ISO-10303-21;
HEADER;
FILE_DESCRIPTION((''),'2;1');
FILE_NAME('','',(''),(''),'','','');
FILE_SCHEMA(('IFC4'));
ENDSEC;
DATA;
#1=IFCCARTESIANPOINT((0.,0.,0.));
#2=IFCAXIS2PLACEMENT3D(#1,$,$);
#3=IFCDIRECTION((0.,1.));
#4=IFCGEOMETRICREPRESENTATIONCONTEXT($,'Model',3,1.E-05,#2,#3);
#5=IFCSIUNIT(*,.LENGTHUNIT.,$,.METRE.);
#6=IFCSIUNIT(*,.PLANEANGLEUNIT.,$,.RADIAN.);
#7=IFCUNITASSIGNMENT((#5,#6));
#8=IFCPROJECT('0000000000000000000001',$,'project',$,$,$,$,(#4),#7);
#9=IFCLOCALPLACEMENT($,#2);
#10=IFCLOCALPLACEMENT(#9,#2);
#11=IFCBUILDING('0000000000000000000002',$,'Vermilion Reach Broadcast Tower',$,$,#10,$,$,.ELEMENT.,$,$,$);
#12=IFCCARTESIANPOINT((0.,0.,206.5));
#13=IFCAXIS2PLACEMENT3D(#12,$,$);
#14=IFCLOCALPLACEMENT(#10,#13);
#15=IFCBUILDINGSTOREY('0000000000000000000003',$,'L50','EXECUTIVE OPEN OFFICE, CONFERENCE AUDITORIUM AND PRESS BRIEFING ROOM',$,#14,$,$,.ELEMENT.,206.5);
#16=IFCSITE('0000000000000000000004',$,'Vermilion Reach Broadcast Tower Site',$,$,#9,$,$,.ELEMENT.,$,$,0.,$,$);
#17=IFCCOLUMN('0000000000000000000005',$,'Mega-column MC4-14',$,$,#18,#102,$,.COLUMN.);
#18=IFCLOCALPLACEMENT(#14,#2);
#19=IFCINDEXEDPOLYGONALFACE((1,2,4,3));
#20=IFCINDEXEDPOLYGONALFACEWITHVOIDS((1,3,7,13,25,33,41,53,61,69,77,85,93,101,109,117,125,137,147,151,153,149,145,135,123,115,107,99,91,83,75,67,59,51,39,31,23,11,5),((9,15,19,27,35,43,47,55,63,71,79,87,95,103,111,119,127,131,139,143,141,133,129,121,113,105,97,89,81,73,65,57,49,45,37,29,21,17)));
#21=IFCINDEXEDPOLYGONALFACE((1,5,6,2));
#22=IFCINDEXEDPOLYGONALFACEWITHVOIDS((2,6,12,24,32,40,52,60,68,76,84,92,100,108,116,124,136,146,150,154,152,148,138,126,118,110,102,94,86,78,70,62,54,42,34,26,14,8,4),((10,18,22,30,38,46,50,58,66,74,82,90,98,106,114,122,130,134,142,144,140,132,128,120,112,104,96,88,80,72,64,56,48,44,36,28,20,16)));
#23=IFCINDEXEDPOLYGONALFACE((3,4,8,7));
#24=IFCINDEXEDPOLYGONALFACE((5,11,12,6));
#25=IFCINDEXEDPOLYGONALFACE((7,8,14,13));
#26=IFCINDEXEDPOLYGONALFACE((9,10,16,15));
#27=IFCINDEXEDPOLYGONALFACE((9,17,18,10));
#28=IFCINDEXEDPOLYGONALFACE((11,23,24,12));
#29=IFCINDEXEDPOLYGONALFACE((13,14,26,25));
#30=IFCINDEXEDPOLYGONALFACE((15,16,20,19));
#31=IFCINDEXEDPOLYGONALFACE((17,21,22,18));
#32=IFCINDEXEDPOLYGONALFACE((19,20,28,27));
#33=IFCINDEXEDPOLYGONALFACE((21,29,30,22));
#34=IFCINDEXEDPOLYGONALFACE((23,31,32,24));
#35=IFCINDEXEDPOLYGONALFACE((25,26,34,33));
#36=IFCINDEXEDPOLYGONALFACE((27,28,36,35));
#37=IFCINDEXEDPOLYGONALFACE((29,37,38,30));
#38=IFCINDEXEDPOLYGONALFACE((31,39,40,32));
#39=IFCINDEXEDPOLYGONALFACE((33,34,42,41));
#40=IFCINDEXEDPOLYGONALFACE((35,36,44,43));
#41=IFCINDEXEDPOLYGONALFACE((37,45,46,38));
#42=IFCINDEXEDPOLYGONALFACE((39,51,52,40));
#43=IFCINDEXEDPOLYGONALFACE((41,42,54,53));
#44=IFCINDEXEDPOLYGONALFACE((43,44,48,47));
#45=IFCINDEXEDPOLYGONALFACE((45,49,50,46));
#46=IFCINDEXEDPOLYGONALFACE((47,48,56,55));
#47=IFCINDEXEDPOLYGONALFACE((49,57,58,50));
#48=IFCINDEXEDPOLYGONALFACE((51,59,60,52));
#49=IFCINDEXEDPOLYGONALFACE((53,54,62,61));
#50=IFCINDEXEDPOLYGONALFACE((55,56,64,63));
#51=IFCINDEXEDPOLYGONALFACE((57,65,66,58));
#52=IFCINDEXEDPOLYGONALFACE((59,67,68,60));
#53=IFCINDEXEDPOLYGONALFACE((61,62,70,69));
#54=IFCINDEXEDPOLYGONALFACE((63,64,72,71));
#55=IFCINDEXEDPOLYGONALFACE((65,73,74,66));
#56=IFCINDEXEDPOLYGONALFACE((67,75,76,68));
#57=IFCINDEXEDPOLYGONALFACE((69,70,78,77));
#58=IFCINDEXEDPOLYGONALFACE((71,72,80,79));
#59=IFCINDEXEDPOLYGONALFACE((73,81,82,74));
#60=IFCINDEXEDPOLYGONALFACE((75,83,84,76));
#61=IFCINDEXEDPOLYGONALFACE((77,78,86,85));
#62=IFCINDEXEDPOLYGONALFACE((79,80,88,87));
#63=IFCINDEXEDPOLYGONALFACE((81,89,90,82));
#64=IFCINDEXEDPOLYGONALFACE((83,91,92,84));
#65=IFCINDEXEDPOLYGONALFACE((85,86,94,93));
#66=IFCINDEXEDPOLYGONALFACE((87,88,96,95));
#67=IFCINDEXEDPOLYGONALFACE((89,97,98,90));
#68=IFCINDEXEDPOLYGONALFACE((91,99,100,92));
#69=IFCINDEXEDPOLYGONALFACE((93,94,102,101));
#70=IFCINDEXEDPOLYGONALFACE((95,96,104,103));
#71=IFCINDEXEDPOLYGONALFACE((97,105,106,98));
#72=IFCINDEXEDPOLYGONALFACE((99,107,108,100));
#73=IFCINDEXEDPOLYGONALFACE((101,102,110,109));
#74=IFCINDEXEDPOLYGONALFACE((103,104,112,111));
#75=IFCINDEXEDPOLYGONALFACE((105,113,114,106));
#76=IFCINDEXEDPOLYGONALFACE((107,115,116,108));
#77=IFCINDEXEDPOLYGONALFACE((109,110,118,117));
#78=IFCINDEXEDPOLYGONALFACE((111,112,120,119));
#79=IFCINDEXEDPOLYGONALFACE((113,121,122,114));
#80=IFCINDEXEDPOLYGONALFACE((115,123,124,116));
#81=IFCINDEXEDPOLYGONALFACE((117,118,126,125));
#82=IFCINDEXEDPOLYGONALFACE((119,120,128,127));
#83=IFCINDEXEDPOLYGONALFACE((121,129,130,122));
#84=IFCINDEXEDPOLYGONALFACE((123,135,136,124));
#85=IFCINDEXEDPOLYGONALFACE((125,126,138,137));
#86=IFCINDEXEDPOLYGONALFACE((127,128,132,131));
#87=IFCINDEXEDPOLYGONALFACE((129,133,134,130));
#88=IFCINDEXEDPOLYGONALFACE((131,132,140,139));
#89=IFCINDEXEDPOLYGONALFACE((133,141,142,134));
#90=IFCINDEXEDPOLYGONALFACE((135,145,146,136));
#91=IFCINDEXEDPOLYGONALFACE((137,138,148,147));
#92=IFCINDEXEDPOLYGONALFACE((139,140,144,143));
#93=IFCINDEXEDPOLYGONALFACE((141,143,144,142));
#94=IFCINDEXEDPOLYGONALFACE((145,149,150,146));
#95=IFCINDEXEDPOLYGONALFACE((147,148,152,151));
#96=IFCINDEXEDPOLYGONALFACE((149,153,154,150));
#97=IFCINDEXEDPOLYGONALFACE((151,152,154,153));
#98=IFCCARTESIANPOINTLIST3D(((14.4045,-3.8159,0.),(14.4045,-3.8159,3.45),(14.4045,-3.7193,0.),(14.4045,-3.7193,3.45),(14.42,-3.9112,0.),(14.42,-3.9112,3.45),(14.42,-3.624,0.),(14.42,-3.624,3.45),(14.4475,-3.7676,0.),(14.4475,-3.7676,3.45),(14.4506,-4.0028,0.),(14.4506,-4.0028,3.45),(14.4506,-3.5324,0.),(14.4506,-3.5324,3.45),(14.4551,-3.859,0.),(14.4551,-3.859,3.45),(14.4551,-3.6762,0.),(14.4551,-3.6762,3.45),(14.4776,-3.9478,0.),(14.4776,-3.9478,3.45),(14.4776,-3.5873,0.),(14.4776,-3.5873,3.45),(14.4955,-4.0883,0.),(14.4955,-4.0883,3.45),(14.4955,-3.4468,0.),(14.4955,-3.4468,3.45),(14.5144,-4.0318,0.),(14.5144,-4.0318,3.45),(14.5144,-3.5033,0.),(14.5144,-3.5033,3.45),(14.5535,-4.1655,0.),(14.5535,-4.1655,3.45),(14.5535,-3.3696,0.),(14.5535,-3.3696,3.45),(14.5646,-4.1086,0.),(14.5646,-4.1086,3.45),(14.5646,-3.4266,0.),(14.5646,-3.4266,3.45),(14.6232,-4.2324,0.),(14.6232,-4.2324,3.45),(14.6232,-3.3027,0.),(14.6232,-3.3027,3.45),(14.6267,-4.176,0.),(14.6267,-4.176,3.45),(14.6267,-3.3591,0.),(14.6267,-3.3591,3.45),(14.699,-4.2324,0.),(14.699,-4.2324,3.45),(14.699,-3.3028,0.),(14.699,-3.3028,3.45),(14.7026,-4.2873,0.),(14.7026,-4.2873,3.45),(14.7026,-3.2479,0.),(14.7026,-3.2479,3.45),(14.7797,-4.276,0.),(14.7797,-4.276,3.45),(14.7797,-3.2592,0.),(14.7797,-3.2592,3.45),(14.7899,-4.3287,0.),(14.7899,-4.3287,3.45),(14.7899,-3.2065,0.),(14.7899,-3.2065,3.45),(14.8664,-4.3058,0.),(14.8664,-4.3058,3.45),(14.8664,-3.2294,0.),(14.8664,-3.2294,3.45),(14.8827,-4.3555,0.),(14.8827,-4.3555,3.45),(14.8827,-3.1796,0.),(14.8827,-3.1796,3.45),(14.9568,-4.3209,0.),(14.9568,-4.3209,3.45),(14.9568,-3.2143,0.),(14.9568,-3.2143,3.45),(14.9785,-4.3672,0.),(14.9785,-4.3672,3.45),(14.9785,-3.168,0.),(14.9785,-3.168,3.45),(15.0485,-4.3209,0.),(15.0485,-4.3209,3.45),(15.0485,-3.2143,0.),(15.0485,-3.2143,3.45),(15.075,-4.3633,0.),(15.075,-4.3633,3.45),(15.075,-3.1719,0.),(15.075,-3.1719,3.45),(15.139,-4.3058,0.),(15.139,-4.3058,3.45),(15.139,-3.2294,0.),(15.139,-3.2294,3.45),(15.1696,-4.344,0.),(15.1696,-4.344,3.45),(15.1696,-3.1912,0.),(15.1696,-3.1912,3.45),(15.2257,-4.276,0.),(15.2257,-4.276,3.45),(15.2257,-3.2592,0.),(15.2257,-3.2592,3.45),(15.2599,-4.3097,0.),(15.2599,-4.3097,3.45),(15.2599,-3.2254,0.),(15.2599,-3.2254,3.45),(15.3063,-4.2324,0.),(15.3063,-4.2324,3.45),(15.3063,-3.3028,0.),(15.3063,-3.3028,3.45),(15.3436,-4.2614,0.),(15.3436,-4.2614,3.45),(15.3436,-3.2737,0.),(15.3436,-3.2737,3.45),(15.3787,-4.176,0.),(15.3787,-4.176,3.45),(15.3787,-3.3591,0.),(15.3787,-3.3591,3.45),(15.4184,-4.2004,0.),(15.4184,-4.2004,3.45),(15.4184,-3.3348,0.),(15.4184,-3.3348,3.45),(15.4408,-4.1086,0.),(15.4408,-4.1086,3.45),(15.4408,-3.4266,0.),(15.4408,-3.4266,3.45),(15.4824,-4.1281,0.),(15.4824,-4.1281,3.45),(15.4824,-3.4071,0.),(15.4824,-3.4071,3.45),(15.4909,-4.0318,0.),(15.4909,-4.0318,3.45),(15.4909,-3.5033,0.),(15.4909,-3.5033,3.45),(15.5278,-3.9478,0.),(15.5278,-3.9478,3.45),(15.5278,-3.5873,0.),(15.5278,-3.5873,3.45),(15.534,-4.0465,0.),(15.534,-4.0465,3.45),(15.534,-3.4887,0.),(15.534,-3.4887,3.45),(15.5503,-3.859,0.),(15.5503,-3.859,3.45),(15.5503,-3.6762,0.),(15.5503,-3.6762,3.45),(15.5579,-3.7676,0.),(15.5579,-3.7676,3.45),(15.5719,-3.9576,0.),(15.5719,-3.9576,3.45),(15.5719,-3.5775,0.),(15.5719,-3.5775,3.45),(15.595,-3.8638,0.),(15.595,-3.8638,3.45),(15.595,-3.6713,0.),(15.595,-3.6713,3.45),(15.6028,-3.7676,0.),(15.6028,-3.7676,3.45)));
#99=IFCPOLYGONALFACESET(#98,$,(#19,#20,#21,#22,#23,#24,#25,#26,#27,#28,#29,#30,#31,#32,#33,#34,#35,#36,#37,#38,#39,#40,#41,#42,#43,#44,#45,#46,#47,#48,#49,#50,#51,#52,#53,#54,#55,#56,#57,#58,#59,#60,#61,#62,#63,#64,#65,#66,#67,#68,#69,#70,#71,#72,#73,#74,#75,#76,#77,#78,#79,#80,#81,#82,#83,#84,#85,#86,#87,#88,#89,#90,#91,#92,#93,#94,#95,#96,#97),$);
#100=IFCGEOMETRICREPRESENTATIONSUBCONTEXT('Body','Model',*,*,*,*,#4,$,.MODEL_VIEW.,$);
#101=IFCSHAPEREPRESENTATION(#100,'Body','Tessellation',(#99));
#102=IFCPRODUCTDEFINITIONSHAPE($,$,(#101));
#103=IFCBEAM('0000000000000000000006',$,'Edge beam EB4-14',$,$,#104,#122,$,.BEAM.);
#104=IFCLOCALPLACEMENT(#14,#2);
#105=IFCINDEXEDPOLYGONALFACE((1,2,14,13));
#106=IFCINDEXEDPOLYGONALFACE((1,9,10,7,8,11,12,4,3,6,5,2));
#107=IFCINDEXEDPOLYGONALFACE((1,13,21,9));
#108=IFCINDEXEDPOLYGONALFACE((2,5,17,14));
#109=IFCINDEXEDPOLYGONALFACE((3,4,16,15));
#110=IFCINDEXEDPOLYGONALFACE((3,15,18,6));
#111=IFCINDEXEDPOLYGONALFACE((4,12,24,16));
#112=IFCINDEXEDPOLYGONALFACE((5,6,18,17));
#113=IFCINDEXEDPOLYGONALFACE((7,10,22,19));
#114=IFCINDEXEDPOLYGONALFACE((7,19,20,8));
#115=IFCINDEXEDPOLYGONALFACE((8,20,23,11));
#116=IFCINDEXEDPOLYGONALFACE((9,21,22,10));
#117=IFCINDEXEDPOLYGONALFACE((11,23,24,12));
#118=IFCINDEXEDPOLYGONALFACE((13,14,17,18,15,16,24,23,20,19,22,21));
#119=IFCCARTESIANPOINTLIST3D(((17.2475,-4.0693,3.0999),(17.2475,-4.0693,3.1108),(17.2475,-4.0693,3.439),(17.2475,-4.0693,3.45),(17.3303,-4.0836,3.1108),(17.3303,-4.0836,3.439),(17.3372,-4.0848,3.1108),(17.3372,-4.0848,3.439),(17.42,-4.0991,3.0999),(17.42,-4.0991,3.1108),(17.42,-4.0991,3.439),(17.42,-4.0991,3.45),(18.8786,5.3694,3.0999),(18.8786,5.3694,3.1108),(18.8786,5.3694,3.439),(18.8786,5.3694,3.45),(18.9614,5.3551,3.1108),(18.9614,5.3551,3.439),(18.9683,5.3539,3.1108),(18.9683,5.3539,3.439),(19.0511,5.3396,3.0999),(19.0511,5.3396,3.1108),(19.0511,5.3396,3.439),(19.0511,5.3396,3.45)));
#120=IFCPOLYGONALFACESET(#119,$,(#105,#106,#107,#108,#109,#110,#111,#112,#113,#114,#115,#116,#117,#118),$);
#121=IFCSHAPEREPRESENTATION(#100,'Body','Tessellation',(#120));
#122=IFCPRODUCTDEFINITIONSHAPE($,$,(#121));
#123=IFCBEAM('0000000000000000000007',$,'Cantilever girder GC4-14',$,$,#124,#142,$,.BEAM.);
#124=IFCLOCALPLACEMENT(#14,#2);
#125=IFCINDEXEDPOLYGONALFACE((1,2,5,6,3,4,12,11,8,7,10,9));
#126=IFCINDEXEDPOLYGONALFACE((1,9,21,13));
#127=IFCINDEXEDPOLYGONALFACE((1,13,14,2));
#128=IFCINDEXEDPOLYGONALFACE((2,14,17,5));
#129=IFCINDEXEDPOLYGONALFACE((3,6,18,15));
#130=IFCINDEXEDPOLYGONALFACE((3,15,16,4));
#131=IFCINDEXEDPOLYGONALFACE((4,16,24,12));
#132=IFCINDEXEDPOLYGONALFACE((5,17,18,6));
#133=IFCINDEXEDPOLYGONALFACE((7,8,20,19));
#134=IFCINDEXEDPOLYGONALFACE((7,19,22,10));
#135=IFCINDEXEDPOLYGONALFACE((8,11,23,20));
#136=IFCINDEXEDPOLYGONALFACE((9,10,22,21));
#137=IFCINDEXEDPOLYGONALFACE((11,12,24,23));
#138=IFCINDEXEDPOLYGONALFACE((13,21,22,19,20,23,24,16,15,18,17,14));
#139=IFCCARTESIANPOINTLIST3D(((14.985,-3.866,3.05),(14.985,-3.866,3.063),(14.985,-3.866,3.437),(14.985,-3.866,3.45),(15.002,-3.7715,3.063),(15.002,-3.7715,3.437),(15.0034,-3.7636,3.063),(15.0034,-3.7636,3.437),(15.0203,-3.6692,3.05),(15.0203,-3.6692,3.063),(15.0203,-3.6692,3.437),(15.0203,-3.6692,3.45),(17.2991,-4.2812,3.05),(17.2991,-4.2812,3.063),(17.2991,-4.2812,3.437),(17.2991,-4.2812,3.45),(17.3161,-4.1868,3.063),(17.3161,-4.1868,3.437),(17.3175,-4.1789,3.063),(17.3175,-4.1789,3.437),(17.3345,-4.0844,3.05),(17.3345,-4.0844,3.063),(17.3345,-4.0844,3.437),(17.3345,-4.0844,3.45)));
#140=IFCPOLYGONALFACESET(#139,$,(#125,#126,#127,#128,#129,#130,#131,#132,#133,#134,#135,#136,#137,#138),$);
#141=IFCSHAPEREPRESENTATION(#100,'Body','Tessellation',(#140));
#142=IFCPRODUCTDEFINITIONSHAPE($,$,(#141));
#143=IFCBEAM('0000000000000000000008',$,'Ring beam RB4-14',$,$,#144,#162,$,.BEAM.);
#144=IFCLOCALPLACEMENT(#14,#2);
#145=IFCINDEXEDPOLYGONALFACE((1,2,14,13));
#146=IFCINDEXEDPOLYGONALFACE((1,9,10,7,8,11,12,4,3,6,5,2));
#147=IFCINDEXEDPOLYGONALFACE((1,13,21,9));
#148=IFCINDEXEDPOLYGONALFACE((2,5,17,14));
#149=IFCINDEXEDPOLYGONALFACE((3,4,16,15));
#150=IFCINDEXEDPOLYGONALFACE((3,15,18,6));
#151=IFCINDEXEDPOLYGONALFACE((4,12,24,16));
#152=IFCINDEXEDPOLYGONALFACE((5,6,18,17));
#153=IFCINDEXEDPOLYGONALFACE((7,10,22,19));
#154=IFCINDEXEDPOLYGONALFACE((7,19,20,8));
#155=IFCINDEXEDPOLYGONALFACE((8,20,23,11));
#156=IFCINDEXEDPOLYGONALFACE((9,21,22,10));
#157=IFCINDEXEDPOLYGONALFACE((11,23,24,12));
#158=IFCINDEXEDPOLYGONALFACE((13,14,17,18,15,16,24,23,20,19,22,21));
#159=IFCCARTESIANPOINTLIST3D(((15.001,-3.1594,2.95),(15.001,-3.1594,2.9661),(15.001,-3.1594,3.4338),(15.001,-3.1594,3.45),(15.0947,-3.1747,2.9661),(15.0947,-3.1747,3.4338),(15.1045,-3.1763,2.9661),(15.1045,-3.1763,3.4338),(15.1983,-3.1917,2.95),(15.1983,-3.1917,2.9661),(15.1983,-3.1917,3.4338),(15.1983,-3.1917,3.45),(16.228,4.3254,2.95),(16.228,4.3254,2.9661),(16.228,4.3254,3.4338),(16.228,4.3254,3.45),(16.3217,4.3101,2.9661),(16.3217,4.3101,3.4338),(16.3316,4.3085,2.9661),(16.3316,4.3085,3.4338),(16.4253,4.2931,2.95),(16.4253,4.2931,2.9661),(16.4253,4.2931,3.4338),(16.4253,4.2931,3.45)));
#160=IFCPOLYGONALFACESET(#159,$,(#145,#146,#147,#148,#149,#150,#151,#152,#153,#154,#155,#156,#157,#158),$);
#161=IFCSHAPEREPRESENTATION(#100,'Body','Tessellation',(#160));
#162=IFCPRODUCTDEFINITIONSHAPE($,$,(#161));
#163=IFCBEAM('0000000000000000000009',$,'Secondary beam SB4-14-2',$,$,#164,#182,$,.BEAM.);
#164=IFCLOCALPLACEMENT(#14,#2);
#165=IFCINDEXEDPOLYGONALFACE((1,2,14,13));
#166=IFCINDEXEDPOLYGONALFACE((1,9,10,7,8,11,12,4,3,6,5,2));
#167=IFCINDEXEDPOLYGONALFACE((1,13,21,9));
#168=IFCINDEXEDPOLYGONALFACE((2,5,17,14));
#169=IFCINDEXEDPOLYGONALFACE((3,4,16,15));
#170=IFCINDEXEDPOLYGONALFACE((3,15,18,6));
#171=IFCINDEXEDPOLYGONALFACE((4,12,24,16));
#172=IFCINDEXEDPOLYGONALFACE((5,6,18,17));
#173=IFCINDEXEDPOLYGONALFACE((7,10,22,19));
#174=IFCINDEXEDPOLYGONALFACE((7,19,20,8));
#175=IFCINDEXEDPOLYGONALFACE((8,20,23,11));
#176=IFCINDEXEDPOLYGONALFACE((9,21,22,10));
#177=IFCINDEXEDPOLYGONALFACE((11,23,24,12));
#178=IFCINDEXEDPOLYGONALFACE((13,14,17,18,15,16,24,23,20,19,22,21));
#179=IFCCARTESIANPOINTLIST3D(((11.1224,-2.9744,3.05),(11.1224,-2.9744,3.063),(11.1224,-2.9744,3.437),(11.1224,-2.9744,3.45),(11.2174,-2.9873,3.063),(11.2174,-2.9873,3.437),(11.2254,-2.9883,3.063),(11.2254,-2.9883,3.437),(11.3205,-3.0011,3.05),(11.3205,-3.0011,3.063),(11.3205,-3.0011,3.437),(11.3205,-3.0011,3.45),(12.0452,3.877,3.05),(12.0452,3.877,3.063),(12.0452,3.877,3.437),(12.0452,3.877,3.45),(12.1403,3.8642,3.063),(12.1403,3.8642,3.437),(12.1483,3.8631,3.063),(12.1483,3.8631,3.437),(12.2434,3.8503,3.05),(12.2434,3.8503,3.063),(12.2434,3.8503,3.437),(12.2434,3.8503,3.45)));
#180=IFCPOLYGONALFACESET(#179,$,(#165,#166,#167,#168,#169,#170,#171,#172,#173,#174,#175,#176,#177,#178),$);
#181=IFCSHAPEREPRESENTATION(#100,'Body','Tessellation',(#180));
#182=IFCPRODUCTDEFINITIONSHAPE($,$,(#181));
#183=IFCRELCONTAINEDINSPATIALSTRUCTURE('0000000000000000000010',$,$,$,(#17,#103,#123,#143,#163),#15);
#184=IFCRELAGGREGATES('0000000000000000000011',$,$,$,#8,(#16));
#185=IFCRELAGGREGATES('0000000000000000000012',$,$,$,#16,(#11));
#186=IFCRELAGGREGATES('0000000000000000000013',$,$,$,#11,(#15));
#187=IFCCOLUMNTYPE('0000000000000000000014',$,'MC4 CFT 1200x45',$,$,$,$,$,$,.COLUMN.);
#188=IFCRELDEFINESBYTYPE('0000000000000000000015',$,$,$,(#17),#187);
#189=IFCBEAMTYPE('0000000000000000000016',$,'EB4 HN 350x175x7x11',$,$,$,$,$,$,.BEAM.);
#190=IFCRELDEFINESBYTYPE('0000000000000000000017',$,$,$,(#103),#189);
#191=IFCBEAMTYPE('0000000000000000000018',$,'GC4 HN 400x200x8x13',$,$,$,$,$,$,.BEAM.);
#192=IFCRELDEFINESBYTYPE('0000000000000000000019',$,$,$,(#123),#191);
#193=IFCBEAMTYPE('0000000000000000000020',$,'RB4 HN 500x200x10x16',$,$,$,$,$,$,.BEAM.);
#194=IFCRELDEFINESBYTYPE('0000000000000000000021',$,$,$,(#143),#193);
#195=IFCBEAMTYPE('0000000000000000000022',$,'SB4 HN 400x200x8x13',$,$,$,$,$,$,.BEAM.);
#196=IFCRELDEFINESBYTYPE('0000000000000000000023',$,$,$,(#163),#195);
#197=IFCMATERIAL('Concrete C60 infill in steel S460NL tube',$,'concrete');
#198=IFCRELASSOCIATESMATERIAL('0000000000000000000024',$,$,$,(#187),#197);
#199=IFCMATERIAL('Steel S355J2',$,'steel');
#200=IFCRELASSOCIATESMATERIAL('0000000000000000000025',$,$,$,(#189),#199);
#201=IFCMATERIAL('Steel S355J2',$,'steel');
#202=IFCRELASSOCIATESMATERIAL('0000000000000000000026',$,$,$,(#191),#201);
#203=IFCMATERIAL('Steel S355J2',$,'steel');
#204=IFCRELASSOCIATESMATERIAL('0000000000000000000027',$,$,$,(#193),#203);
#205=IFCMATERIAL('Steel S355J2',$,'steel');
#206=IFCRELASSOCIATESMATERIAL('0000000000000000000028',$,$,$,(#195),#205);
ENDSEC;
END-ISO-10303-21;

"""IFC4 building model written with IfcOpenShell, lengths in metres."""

from ifc_helpers import new_model, si_unit, direction, frame, origin, origin_2d, place, context, subcontext, project, spatial, hollow_circle, i_section, extrude, material, material_profile, profile_set, type_object, element, save


model = new_model("IFC4")

# Units and contexts
model_context = context("Model", 3, precision=1e-05, world=origin(), true_north=direction((0.0, 1.0)))
body_context = subcontext(model_context, "Body", "Model", "MODEL_VIEW")
ifc_project = project(units=[si_unit("LENGTHUNIT", "METRE"), si_unit("PLANEANGLEUNIT", "RADIAN")], contexts=[model_context])

# Site, building, storey
site_placement = place(None, origin())
site = spatial("IfcSite", under=ifc_project, at=site_placement, Name="Vermilion Reach Broadcast Tower Site", CompositionType="ELEMENT", RefElevation=0.0)
building_placement = place(site_placement, origin())
building = spatial("IfcBuilding", under=site, at=building_placement, Name="Vermilion Reach Broadcast Tower", CompositionType="ELEMENT")
storey_placement = place(building_placement, frame((0.0, 0.0, 206.5)))
storey = spatial("IfcBuildingStorey", under=building, at=storey_placement, Name="L50", Description="EXECUTIVE OPEN OFFICE, CONFERENCE AUDITORIUM AND PRESS BRIEFING ROOM", CompositionType="ELEMENT", Elevation=206.5)

# Column
ifc_material_1 = material(Name="Concrete C60 infill in steel S460NL tube", Category="concrete")
ifc_material_profile_1 = material_profile(ifc_material_1, hollow_circle(Radius=0.6001, WallThickness=0.0449, at=origin_2d()), Name="Concrete C60 infill in steel S460NL tube CFT 1200x45")
ifc_profile_set_1 = profile_set([ifc_material_profile_1], Name="Concrete C60 infill in steel S460NL tube")
column_type = type_object("IfcColumnType", Name="MC4 CFT 1200x45", PredefinedType="COLUMN", material=ifc_profile_set_1)
column_placement = place(storey_placement, frame((15.0027, -3.7676, 0.0), z_axis=(0.0, 0.0, 1.0), x_axis=(1.0, 0.0, 0.0)))
element("IfcColumn", 1, at=column_placement, inside=storey, type_object=column_type, Name="Mega-column MC4-14", PredefinedType="COLUMN", context=body_context, shape_type="SweptSolid", body=[
    extrude(hollow_circle(Radius=0.6001, WallThickness=0.0449, at=origin_2d()), origin(), (0.0, 0.0, 1.0), 3.45),
])

# Beams
ifc_material_2 = material(Name="Steel S355J2", Category="steel")
ifc_material_profile_2 = material_profile(ifc_material_2, i_section(OverallWidth=0.175, OverallDepth=0.3501, WebThickness=0.0071, FlangeThickness=0.011, at=origin_2d()), Name="S355J2 HN 350x175x7x11")
ifc_profile_set_2 = profile_set([ifc_material_profile_2], Name="Steel S355J2")
beam_type_1 = type_object("IfcBeamType", Name="EB4 HN 350x175x7x11", PredefinedType="BEAM", material=ifc_profile_set_2)
beam_1_placement = place(storey_placement, frame((17.3337, -4.0842, 3.2749), z_axis=(0.170286, 0.985395, 0.0), x_axis=(-0.985395, 0.170286, 0.0)))
element("IfcBeam", 2, at=beam_1_placement, inside=storey, type_object=beam_type_1, Name="Edge beam EB4-14", PredefinedType="BEAM", context=body_context, shape_type="SweptSolid", body=[
    extrude(i_section(OverallWidth=0.175, OverallDepth=0.3501, WebThickness=0.0071, FlangeThickness=0.011, at=origin_2d()), origin(), (0.0, 0.0, 1.0), 9.5786),
])
ifc_material_3 = material(Name="Steel S355J2", Category="steel")
ifc_material_profile_3 = material_profile(ifc_material_3, i_section(OverallWidth=0.2, OverallDepth=0.3999, WebThickness=0.0081, FlangeThickness=0.0129, at=origin_2d()), Name="S355J2 HN 400x200x8x13")
ifc_profile_set_3 = profile_set([ifc_material_profile_3], Name="Steel S355J2")
beam_type_2 = type_object("IfcBeamType", Name="GC4 HN 400x200x8x13", PredefinedType="BEAM", material=ifc_profile_set_3)
beam_2_placement = place(storey_placement, frame((15.0027, -3.7676, 3.25), z_axis=(0.984278, -0.176628, 0.0), x_axis=(0.176628, 0.984278, 0.0)))
element("IfcBeam", 3, at=beam_2_placement, inside=storey, type_object=beam_type_2, Name="Cantilever girder GC4-14", PredefinedType="BEAM", context=body_context, shape_type="SweptSolid", body=[
    extrude(i_section(OverallWidth=0.2, OverallDepth=0.3999, WebThickness=0.0081, FlangeThickness=0.0129, at=origin_2d()), origin(), (0.0, 0.0, 1.0), 2.3511),
])
ifc_material_4 = material(Name="Steel S355J2", Category="steel")
ifc_material_profile_4 = material_profile(ifc_material_4, i_section(OverallWidth=0.2, OverallDepth=0.5, WebThickness=0.01, FlangeThickness=0.0161, at=origin_2d()), Name="S355J2 HN 500x200x10x16")
ifc_profile_set_4 = profile_set([ifc_material_profile_4], Name="Steel S355J2")
beam_type_3 = type_object("IfcBeamType", Name="RB4 HN 500x200x10x16", PredefinedType="BEAM", material=ifc_profile_set_4)
beam_3_placement = place(storey_placement, frame((15.0996, -3.1755, 3.2), z_axis=(0.161778, 0.986827, 0.0), x_axis=(-0.986827, 0.161778, 0.0)))
element("IfcBeam", 4, at=beam_3_placement, inside=storey, type_object=beam_type_3, Name="Ring beam RB4-14", PredefinedType="BEAM", context=body_context, shape_type="SweptSolid", body=[
    extrude(i_section(OverallWidth=0.2, OverallDepth=0.5, WebThickness=0.01, FlangeThickness=0.0161, at=origin_2d()), origin(), (0.0, 0.0, 1.0), 7.5847),
])
ifc_material_5 = material(Name="Steel S355J2", Category="steel")
ifc_material_profile_5 = material_profile(ifc_material_5, i_section(OverallWidth=0.2, OverallDepth=0.3999, WebThickness=0.0081, FlangeThickness=0.0129, at=origin_2d()), Name="S355J2 HN 400x200x8x13")
ifc_profile_set_5 = profile_set([ifc_material_profile_5], Name="Steel S355J2")
beam_type_4 = type_object("IfcBeamType", Name="SB4 HN 400x200x8x13", PredefinedType="BEAM", material=ifc_profile_set_5)
beam_4_placement = place(storey_placement, frame((11.2214, -2.9878, 3.25), z_axis=(0.133487, 0.991051, 0.0), x_axis=(-0.991051, 0.133487, 0.0)))
element("IfcBeam", 5, at=beam_4_placement, inside=storey, type_object=beam_type_4, Name="Secondary beam SB4-14-2", PredefinedType="BEAM", context=body_context, shape_type="SweptSolid", body=[
    extrude(i_section(OverallWidth=0.2, OverallDepth=0.3999, WebThickness=0.0081, FlangeThickness=0.0129, at=origin_2d()), origin(), (0.0, 0.0, 1.0), 6.9133),
])

save(model, "model.ifc")
